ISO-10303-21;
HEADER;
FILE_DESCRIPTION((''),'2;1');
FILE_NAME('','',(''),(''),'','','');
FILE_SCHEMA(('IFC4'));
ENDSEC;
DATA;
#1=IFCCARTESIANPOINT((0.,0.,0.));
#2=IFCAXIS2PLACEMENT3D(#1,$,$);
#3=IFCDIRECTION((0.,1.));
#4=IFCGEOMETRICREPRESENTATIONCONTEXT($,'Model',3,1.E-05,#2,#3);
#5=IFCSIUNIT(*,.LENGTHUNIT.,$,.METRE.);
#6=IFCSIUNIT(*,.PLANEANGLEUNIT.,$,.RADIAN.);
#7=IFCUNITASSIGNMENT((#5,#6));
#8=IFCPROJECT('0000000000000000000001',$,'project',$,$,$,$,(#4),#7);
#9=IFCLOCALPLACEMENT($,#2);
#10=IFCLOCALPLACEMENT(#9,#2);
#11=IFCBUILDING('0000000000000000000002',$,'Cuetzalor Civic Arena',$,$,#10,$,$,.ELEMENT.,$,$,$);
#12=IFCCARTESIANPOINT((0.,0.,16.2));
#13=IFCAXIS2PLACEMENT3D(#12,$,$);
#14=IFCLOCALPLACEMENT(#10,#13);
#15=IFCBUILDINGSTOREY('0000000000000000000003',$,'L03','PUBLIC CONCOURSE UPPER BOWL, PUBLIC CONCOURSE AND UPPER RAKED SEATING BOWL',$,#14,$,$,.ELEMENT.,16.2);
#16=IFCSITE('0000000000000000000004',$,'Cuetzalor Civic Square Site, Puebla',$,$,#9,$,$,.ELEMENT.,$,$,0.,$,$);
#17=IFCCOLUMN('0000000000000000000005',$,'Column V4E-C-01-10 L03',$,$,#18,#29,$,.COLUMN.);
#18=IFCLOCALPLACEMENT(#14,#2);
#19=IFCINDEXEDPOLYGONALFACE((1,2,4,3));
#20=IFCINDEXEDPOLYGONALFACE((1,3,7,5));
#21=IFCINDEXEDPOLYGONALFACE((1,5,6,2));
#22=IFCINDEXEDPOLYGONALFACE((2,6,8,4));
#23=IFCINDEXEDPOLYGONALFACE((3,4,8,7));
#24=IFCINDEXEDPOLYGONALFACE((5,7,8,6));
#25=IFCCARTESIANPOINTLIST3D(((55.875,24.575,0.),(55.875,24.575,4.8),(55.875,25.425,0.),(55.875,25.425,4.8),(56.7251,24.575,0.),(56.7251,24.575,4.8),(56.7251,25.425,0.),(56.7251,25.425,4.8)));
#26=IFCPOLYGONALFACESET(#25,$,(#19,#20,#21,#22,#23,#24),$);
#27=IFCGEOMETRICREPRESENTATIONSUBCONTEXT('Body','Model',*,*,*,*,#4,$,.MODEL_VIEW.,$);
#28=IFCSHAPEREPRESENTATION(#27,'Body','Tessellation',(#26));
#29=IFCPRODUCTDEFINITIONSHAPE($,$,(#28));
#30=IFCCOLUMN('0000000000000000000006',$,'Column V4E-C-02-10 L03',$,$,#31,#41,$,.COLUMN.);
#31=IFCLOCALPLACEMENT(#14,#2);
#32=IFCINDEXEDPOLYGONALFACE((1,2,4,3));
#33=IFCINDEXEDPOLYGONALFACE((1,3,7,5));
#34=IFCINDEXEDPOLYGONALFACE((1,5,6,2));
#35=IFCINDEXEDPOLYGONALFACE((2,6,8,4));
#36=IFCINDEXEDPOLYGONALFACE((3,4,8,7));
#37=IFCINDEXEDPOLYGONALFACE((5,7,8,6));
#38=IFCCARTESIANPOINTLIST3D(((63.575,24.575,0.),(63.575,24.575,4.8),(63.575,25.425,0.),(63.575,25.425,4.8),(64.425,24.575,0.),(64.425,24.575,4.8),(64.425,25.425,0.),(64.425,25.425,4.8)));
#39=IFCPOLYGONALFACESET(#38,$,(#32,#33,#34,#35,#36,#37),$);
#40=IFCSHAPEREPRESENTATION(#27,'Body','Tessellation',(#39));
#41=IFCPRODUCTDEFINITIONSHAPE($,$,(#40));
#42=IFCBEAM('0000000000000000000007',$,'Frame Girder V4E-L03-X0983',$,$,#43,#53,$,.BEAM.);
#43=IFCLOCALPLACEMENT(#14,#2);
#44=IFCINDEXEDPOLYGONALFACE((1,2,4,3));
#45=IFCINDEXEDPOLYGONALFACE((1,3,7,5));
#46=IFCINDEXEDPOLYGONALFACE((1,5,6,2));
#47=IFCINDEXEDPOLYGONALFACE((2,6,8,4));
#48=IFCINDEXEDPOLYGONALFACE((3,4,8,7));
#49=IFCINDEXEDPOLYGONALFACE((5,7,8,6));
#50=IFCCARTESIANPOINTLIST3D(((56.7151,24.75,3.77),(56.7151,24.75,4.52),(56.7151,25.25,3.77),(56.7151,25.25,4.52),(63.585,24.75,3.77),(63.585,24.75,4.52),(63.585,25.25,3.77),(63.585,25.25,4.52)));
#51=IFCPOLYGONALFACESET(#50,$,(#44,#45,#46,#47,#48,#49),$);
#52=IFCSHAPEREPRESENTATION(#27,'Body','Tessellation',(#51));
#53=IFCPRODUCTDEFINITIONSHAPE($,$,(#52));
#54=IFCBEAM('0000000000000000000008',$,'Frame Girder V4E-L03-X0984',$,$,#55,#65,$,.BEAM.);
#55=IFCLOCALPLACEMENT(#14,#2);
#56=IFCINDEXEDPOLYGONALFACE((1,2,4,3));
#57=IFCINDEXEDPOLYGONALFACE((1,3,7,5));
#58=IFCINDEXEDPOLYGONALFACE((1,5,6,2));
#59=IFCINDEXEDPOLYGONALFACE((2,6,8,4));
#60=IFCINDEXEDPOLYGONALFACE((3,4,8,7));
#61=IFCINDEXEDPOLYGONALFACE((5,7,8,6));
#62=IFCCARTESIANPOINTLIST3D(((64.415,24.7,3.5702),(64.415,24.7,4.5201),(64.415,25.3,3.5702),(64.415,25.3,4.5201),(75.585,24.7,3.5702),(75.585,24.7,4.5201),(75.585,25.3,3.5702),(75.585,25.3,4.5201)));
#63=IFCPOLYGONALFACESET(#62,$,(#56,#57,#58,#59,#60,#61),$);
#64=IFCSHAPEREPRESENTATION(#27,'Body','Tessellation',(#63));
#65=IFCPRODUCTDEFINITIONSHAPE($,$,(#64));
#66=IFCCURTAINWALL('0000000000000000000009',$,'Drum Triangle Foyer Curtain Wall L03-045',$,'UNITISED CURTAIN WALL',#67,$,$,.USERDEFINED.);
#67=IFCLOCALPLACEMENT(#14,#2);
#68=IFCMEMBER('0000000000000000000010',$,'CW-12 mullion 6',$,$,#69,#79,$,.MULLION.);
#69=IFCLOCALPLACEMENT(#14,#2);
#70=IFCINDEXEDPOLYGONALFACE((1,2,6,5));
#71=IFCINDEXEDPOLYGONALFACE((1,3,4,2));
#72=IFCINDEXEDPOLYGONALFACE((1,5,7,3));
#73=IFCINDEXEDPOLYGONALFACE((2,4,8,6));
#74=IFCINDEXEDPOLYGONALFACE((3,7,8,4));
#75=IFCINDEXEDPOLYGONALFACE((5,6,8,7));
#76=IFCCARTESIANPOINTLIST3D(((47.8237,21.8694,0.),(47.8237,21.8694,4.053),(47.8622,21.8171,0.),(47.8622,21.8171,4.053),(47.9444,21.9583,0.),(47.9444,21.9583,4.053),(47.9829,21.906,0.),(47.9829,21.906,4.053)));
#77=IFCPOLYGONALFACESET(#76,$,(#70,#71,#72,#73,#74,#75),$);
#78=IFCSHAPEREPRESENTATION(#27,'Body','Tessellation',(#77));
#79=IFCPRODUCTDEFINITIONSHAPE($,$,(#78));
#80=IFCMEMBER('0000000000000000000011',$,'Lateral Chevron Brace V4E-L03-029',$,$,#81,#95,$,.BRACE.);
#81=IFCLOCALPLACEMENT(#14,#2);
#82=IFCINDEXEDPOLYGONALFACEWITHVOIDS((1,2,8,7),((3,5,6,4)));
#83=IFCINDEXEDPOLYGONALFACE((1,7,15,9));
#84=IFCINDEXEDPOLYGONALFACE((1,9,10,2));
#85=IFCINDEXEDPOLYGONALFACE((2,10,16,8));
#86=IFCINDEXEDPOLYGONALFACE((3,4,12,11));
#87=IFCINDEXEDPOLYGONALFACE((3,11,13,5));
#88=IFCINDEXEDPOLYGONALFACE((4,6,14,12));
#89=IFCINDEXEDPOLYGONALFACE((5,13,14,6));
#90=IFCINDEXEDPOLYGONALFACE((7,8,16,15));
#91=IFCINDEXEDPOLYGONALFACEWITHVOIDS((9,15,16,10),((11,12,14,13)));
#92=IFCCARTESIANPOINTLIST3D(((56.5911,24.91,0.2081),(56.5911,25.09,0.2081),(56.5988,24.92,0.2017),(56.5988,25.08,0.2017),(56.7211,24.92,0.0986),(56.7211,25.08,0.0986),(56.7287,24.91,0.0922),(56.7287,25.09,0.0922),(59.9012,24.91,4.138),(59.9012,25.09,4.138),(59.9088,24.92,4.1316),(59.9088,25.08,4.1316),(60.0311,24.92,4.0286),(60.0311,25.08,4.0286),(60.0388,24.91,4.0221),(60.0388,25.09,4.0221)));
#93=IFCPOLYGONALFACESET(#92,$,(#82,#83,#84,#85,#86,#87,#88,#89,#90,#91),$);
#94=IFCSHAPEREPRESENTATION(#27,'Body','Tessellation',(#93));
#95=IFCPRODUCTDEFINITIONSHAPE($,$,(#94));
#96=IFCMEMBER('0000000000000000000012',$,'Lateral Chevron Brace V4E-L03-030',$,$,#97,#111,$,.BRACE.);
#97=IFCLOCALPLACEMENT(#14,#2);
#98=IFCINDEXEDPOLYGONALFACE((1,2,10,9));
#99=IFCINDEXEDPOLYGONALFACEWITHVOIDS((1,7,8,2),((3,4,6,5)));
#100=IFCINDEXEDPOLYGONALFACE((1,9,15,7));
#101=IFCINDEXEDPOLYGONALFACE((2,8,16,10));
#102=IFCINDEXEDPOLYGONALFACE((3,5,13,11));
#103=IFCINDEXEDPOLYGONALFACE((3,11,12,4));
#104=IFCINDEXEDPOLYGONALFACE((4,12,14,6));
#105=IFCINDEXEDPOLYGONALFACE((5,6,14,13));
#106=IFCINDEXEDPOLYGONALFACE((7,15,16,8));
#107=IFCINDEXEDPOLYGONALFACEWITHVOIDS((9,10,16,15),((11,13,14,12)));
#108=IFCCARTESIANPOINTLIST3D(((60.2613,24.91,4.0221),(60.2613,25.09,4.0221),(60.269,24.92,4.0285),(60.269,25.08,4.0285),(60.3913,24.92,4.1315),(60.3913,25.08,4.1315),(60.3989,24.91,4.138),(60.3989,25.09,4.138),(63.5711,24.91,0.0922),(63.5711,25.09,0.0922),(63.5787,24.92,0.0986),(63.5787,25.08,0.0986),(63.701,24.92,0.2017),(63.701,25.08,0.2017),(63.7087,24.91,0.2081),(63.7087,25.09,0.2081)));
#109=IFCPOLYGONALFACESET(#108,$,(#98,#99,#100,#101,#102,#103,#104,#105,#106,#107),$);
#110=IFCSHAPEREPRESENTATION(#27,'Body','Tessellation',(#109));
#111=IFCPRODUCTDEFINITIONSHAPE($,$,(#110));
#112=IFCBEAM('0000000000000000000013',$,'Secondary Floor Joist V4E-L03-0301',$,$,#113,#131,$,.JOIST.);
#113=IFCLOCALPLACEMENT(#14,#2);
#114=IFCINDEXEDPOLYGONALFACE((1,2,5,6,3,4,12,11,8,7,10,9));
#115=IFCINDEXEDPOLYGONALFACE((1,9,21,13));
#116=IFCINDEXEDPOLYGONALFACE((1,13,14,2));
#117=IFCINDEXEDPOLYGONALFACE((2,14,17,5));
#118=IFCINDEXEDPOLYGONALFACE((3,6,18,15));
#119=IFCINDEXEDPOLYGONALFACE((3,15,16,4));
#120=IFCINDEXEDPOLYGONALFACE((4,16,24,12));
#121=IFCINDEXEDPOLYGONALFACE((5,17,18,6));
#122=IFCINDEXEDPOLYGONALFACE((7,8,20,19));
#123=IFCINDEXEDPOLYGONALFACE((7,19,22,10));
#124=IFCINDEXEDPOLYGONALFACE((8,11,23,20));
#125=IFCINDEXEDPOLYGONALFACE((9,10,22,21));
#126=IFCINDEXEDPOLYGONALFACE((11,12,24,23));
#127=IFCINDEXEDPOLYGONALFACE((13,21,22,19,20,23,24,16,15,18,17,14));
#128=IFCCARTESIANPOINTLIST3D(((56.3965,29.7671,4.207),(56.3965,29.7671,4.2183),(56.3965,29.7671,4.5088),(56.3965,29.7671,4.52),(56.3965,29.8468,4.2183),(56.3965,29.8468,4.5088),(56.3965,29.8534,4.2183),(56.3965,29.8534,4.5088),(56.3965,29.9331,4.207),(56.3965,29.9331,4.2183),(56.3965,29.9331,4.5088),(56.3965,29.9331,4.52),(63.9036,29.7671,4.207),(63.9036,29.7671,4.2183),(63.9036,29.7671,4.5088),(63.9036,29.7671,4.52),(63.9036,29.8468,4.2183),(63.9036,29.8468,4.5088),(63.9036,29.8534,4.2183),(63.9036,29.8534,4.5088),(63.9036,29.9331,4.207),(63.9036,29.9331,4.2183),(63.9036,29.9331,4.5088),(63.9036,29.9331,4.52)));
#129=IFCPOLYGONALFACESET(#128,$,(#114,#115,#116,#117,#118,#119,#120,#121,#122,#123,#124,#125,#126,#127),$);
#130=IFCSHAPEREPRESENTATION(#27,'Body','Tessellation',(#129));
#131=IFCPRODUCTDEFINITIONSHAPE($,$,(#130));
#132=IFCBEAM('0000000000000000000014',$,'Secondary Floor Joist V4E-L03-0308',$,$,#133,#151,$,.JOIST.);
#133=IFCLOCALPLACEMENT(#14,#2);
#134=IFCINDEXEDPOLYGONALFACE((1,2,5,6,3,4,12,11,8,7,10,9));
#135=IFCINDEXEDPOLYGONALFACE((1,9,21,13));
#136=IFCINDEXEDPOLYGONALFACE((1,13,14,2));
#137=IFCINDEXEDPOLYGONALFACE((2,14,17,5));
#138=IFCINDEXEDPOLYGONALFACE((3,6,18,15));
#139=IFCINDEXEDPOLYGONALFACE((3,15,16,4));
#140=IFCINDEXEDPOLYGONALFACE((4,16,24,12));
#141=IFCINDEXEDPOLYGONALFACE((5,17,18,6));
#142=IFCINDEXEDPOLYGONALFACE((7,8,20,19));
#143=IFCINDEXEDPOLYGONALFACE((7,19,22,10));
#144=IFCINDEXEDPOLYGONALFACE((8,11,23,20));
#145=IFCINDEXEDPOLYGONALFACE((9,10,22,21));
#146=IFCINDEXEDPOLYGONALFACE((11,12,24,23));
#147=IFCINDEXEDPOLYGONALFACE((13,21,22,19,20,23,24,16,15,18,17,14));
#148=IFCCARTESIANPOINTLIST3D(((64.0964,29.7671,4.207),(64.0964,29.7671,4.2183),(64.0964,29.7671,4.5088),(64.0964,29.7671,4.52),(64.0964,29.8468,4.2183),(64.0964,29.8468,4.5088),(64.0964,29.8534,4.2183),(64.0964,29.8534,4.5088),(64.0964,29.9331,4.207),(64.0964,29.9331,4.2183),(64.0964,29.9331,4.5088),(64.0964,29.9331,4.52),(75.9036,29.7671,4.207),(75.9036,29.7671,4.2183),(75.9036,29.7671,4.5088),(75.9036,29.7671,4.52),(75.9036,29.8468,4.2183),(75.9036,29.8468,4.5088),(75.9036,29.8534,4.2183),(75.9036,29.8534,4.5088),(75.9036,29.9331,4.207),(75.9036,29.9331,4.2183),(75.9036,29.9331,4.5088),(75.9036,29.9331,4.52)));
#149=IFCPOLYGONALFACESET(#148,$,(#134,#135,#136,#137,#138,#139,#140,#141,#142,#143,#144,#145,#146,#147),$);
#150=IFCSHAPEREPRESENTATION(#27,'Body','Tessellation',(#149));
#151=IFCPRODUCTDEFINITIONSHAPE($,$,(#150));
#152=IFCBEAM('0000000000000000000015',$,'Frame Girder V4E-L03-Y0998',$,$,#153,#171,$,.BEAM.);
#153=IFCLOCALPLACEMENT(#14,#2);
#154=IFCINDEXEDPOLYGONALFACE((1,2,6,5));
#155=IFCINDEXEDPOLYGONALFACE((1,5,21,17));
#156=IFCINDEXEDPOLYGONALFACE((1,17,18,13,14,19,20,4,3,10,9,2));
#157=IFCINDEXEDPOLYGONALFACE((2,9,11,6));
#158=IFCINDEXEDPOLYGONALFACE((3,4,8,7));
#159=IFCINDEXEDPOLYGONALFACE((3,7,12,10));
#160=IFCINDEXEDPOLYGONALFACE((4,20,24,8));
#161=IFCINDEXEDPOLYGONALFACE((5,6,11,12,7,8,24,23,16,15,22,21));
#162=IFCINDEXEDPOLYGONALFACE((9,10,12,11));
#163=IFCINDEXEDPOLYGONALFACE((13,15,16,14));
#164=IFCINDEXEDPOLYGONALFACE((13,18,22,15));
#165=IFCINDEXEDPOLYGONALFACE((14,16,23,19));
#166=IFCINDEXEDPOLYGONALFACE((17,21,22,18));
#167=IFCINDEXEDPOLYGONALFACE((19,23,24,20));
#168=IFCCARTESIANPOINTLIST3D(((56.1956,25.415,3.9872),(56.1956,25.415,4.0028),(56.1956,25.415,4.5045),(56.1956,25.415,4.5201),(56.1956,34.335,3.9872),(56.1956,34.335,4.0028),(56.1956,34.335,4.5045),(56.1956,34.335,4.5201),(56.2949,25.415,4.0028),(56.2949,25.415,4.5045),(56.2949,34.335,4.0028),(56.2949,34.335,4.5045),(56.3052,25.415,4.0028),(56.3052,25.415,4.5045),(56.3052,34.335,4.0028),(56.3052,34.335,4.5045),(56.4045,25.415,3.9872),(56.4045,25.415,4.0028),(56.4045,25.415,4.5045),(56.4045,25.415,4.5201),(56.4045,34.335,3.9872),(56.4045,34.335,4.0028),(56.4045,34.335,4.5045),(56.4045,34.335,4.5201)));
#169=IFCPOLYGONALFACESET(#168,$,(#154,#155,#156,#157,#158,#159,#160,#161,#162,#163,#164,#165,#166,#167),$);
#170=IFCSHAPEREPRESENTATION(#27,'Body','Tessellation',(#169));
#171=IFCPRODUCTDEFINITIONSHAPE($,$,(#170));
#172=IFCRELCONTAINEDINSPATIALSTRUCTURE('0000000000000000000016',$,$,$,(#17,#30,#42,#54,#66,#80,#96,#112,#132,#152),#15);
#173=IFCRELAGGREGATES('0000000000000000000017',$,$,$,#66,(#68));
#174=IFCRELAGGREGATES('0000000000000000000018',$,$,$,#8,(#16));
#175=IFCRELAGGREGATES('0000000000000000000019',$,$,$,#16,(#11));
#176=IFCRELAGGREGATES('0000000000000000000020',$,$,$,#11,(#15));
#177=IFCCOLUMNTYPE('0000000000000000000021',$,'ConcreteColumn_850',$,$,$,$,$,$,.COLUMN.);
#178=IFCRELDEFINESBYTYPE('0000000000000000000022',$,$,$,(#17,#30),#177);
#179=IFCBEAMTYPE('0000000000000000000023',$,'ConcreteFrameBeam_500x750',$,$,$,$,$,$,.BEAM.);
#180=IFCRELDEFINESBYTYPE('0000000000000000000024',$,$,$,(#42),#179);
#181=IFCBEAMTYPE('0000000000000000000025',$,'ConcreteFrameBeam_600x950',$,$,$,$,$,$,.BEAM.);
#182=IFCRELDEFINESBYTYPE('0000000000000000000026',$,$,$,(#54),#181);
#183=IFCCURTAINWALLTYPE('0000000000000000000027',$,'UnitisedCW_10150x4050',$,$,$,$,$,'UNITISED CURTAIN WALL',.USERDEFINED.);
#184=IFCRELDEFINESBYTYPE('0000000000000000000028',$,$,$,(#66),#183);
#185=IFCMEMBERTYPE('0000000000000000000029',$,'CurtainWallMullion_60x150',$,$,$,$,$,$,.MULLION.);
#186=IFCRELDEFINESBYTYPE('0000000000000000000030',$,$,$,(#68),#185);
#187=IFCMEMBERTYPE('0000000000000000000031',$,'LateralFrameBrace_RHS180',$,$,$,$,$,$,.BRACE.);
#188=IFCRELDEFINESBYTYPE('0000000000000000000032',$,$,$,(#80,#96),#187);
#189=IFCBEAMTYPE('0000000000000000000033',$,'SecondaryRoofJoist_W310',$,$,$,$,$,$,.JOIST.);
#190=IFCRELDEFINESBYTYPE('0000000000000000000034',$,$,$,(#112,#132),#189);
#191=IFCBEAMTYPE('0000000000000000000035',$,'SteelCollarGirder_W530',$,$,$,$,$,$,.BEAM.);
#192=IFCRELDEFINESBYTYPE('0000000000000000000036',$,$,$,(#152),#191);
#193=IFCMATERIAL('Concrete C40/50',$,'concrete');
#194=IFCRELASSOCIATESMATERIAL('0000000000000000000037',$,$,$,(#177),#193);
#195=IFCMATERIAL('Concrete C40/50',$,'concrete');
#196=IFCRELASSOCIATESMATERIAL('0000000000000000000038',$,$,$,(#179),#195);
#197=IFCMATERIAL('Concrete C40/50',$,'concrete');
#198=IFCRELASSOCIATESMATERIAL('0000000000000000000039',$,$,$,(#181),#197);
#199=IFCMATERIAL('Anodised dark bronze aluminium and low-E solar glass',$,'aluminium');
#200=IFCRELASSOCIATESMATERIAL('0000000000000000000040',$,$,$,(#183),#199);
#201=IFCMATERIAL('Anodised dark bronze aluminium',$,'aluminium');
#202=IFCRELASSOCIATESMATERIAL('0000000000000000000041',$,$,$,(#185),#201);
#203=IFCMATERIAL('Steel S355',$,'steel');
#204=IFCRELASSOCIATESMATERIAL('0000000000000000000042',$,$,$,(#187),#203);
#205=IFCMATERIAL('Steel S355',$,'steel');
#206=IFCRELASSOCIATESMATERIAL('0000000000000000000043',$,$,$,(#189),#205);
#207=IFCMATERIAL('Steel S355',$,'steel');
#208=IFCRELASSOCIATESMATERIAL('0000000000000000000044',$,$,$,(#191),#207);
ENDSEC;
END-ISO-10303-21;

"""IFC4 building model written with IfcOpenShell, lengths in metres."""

from ifc_helpers import new_model, si_unit, direction, frame, origin, origin_2d, place, context, subcontext, project, spatial, rectangle, hollow_rectangle, i_section, extrude, material, material_profile, profile_set, type_object, element, aggregate, save


model = new_model("IFC4")

# Units and contexts
model_context = context("Model", 3, precision=1e-05, world=origin(), true_north=direction((0.0, 1.0)))
body_context = subcontext(model_context, "Body", "Model", "MODEL_VIEW")
ifc_project = project(units=[si_unit("LENGTHUNIT", "METRE"), si_unit("PLANEANGLEUNIT", "RADIAN")], contexts=[model_context])

# Site, building, storey
site_placement = place(None, origin())
site = spatial("IfcSite", under=ifc_project, at=site_placement, Name="Cuetzalor Civic Square Site, Puebla", CompositionType="ELEMENT", RefElevation=0.0)
building_placement = place(site_placement, origin())
building = spatial("IfcBuilding", under=site, at=building_placement, Name="Cuetzalor Civic Arena", CompositionType="ELEMENT")
storey_placement = place(building_placement, frame((0.0, 0.0, 16.2)))
storey = spatial("IfcBuildingStorey", under=building, at=storey_placement, Name="L03", Description="PUBLIC CONCOURSE UPPER BOWL, PUBLIC CONCOURSE AND UPPER RAKED SEATING BOWL", CompositionType="ELEMENT", Elevation=16.2)

# Columns
ifc_material_1 = material(Name="Concrete C40/50", Category="concrete")
ifc_material_profile_1 = material_profile(ifc_material_1, rectangle(XDim=0.8501, YDim=0.8501, at=origin_2d()), Name="RC 850x850")
ifc_profile_set_1 = profile_set([ifc_material_profile_1], Name="Concrete C40/50")
column_type = type_object("IfcColumnType", Name="ConcreteColumn_850", PredefinedType="COLUMN", material=ifc_profile_set_1)
for number, where, z_axis, x_axis, name in (
    (1, (56.3, 25.0, 0.0), (0.0, 0.0, 1.0), (1.0, 0.0, 0.0), "Column V4E-C-01-10 L03"),
    (2, (64.0, 25.0, 0.0), (0.0, 0.0, 1.0), (1.0, 0.0, 0.0), "Column V4E-C-02-10 L03"),
):
    element("IfcColumn", number, at=place(storey_placement, frame(where, z_axis=z_axis, x_axis=x_axis)), inside=storey, type_object=column_type, Name=name, PredefinedType="COLUMN", context=body_context, shape_type="SweptSolid", body=[
        extrude(rectangle(XDim=0.8501, YDim=0.8501, at=origin_2d()), origin(), (0.0, 0.0, 1.0), 4.8),
    ])

# Beams
ifc_material_2 = material(Name="Concrete C40/50", Category="concrete")
ifc_material_profile_2 = material_profile(ifc_material_2, rectangle(XDim=0.5, YDim=0.75, at=origin_2d()), Name="RC 500x750")
ifc_profile_set_2 = profile_set([ifc_material_profile_2], Name="Concrete C40/50")
beam_type_1 = type_object("IfcBeamType", Name="ConcreteFrameBeam_500x750", PredefinedType="BEAM", material=ifc_profile_set_2)
beam_1_placement = place(storey_placement, frame((56.7151, 25.0, 4.145), z_axis=(1.0, 0.0, 0.0), x_axis=(0.0, 1.0, 0.0)))
element("IfcBeam", 3, at=beam_1_placement, inside=storey, type_object=beam_type_1, Name="Frame Girder V4E-L03-X0983", PredefinedType="BEAM", context=body_context, shape_type="SweptSolid", body=[
    extrude(rectangle(XDim=0.5, YDim=0.75, at=origin_2d()), origin(), (0.0, 0.0, 1.0), 6.8699),
])
ifc_material_3 = material(Name="Concrete C40/50", Category="concrete")
ifc_material_profile_3 = material_profile(ifc_material_3, rectangle(XDim=0.6001, YDim=0.95, at=origin_2d()), Name="RC 600x950")
ifc_profile_set_3 = profile_set([ifc_material_profile_3], Name="Concrete C40/50")
beam_type_2 = type_object("IfcBeamType", Name="ConcreteFrameBeam_600x950", PredefinedType="BEAM", material=ifc_profile_set_3)
beam_2_placement = place(storey_placement, frame((64.415, 25.0, 4.0452), z_axis=(1.0, 0.0, 0.0), x_axis=(0.0, 1.0, 0.0)))
element("IfcBeam", 4, at=beam_2_placement, inside=storey, type_object=beam_type_2, Name="Frame Girder V4E-L03-X0984", PredefinedType="BEAM", context=body_context, shape_type="SweptSolid", body=[
    extrude(rectangle(XDim=0.6001, YDim=0.95, at=origin_2d()), origin(), (0.0, 0.0, 1.0), 11.1699),
])

# Curtain wall, member
ifc_material_4 = material(Name="Anodised dark bronze aluminium and low-E solar glass", Category="aluminium")
curtain_wall_type = type_object("IfcCurtainWallType", Name="UnitisedCW_10150x4050", ElementType="UNITISED CURTAIN WALL", PredefinedType="USERDEFINED", material=ifc_material_4)
curtain_wall_placement = place(storey_placement, origin())
curtain_wall = element("IfcCurtainWall", 5, at=curtain_wall_placement, inside=storey, type_object=curtain_wall_type, Name="Drum Triangle Foyer Curtain Wall L03-045", ObjectType="UNITISED CURTAIN WALL", PredefinedType="USERDEFINED")
ifc_material_5 = material(Name="Anodised dark bronze aluminium", Category="aluminium")
ifc_material_profile_4 = material_profile(ifc_material_5, rectangle(XDim=0.0649, YDim=0.1499, at=origin_2d()), Name="ALU MULLION 65x150")
ifc_profile_set_4 = profile_set([ifc_material_profile_4], Name="Anodised dark bronze aluminium")
member_type_1 = type_object("IfcMemberType", Name="CurtainWallMullion_60x150", PredefinedType="MULLION", material=ifc_profile_set_4)
member_1_placement = place(storey_placement, frame((47.9033, 21.8877, 0.0), z_axis=(0.0, 0.0, 1.0), x_axis=(0.592929, -0.805255, 0.0)))
member_1 = element("IfcMember", 6, at=member_1_placement, type_object=member_type_1, Name="CW-12 mullion 6", PredefinedType="MULLION", context=body_context, shape_type="SweptSolid", body=[
    extrude(rectangle(XDim=0.0649, YDim=0.1499, at=origin_2d()), origin(), (0.0, 0.0, 1.0), 4.053),
])

# Members
ifc_material_6 = material(Name="Steel S355", Category="steel")
ifc_material_profile_5 = material_profile(ifc_material_6, hollow_rectangle(XDim=0.1799, YDim=0.1799, WallThickness=0.01, at=origin_2d()), Name="RHS 180x180x10")
ifc_profile_set_5 = profile_set([ifc_material_profile_5], Name="Steel S355")
member_type_2 = type_object("IfcMemberType", Name="LateralFrameBrace_RHS180", PredefinedType="BRACE", material=ifc_profile_set_5)
member_2_placement = place(storey_placement, frame((56.6599, 25.0, 0.1501), z_axis=(0.644209, 0.0, 0.76485), x_axis=(0.0, 1.0, 0.0)))
element("IfcMember", 7, at=member_2_placement, inside=storey, type_object=member_type_2, Name="Lateral Chevron Brace V4E-L03-029", PredefinedType="BRACE", context=body_context, shape_type="SweptSolid", body=[
    extrude(hollow_rectangle(XDim=0.1799, YDim=0.1799, WallThickness=0.01, at=origin_2d()), origin(), (0.0, 0.0, 1.0), 5.1382),
])
member_3_placement = place(storey_placement, frame((63.6399, 25.0, 0.1501), z_axis=(-0.644181, 0.0, 0.764873), x_axis=(0.0, -1.0, 0.0)))
element("IfcMember", 8, at=member_3_placement, inside=storey, type_object=member_type_2, Name="Lateral Chevron Brace V4E-L03-030", PredefinedType="BRACE", context=body_context, shape_type="SweptSolid", body=[
    extrude(hollow_rectangle(XDim=0.1799, YDim=0.1799, WallThickness=0.01, at=origin_2d()), origin(), (0.0, 0.0, 1.0), 5.1379),
])

# Beams
ifc_material_7 = material(Name="Steel S355", Category="steel")
ifc_material_profile_6 = material_profile(ifc_material_7, i_section(OverallWidth=0.166, OverallDepth=0.313, WebThickness=0.0066, FlangeThickness=0.0112, at=origin_2d()), Name="W310x45")
ifc_profile_set_6 = profile_set([ifc_material_profile_6], Name="Steel S355")
beam_type_3 = type_object("IfcBeamType", Name="SecondaryRoofJoist_W310", PredefinedType="JOIST", material=ifc_profile_set_6)
beam_3_placement = place(storey_placement, frame((56.3965, 29.8501, 4.3635), z_axis=(1.0, 0.0, 0.0), x_axis=(0.0, 1.0, 0.0)))
element("IfcBeam", 9, at=beam_3_placement, inside=storey, type_object=beam_type_3, Name="Secondary Floor Joist V4E-L03-0301", PredefinedType="JOIST", context=body_context, shape_type="SweptSolid", body=[
    extrude(i_section(OverallWidth=0.166, OverallDepth=0.313, WebThickness=0.0066, FlangeThickness=0.0112, at=origin_2d()), origin(), (0.0, 0.0, 1.0), 7.5071),
])
beam_4_placement = place(storey_placement, frame((64.0964, 29.8501, 4.3635), z_axis=(1.0, 0.0, 0.0), x_axis=(0.0, 1.0, 0.0)))
element("IfcBeam", 10, at=beam_4_placement, inside=storey, type_object=beam_type_3, Name="Secondary Floor Joist V4E-L03-0308", PredefinedType="JOIST", context=body_context, shape_type="SweptSolid", body=[
    extrude(i_section(OverallWidth=0.166, OverallDepth=0.313, WebThickness=0.0066, FlangeThickness=0.0112, at=origin_2d()), origin(), (0.0, 0.0, 1.0), 11.8071),
])
ifc_material_8 = material(Name="Steel S355", Category="steel")
ifc_material_profile_7 = material_profile(ifc_material_8, i_section(OverallWidth=0.209, OverallDepth=0.533, WebThickness=0.0103, FlangeThickness=0.0156, at=origin_2d()), Name="W530x92")
ifc_profile_set_7 = profile_set([ifc_material_profile_7], Name="Steel S355")
beam_type_4 = type_object("IfcBeamType", Name="SteelCollarGirder_W530", PredefinedType="BEAM", material=ifc_profile_set_7)
for number, where, z_axis, x_axis, name in (
    (11, (56.3, 25.415, 4.2537), (0.0, 1.0, 0.0), (-1.0, 0.0, 0.0), "Frame Girder V4E-L03-Y0998"),
):
    element("IfcBeam", number, at=place(storey_placement, frame(where, z_axis=z_axis, x_axis=x_axis)), inside=storey, type_object=beam_type_4, Name=name, PredefinedType="BEAM", context=body_context, shape_type="SweptSolid", body=[
        extrude(i_section(OverallWidth=0.209, OverallDepth=0.533, WebThickness=0.0103, FlangeThickness=0.0156, at=origin_2d()), origin(), (0.0, 0.0, 1.0), 8.9199),
    ])

aggregate(curtain_wall, [member_1])

save(model, "model.ifc")
